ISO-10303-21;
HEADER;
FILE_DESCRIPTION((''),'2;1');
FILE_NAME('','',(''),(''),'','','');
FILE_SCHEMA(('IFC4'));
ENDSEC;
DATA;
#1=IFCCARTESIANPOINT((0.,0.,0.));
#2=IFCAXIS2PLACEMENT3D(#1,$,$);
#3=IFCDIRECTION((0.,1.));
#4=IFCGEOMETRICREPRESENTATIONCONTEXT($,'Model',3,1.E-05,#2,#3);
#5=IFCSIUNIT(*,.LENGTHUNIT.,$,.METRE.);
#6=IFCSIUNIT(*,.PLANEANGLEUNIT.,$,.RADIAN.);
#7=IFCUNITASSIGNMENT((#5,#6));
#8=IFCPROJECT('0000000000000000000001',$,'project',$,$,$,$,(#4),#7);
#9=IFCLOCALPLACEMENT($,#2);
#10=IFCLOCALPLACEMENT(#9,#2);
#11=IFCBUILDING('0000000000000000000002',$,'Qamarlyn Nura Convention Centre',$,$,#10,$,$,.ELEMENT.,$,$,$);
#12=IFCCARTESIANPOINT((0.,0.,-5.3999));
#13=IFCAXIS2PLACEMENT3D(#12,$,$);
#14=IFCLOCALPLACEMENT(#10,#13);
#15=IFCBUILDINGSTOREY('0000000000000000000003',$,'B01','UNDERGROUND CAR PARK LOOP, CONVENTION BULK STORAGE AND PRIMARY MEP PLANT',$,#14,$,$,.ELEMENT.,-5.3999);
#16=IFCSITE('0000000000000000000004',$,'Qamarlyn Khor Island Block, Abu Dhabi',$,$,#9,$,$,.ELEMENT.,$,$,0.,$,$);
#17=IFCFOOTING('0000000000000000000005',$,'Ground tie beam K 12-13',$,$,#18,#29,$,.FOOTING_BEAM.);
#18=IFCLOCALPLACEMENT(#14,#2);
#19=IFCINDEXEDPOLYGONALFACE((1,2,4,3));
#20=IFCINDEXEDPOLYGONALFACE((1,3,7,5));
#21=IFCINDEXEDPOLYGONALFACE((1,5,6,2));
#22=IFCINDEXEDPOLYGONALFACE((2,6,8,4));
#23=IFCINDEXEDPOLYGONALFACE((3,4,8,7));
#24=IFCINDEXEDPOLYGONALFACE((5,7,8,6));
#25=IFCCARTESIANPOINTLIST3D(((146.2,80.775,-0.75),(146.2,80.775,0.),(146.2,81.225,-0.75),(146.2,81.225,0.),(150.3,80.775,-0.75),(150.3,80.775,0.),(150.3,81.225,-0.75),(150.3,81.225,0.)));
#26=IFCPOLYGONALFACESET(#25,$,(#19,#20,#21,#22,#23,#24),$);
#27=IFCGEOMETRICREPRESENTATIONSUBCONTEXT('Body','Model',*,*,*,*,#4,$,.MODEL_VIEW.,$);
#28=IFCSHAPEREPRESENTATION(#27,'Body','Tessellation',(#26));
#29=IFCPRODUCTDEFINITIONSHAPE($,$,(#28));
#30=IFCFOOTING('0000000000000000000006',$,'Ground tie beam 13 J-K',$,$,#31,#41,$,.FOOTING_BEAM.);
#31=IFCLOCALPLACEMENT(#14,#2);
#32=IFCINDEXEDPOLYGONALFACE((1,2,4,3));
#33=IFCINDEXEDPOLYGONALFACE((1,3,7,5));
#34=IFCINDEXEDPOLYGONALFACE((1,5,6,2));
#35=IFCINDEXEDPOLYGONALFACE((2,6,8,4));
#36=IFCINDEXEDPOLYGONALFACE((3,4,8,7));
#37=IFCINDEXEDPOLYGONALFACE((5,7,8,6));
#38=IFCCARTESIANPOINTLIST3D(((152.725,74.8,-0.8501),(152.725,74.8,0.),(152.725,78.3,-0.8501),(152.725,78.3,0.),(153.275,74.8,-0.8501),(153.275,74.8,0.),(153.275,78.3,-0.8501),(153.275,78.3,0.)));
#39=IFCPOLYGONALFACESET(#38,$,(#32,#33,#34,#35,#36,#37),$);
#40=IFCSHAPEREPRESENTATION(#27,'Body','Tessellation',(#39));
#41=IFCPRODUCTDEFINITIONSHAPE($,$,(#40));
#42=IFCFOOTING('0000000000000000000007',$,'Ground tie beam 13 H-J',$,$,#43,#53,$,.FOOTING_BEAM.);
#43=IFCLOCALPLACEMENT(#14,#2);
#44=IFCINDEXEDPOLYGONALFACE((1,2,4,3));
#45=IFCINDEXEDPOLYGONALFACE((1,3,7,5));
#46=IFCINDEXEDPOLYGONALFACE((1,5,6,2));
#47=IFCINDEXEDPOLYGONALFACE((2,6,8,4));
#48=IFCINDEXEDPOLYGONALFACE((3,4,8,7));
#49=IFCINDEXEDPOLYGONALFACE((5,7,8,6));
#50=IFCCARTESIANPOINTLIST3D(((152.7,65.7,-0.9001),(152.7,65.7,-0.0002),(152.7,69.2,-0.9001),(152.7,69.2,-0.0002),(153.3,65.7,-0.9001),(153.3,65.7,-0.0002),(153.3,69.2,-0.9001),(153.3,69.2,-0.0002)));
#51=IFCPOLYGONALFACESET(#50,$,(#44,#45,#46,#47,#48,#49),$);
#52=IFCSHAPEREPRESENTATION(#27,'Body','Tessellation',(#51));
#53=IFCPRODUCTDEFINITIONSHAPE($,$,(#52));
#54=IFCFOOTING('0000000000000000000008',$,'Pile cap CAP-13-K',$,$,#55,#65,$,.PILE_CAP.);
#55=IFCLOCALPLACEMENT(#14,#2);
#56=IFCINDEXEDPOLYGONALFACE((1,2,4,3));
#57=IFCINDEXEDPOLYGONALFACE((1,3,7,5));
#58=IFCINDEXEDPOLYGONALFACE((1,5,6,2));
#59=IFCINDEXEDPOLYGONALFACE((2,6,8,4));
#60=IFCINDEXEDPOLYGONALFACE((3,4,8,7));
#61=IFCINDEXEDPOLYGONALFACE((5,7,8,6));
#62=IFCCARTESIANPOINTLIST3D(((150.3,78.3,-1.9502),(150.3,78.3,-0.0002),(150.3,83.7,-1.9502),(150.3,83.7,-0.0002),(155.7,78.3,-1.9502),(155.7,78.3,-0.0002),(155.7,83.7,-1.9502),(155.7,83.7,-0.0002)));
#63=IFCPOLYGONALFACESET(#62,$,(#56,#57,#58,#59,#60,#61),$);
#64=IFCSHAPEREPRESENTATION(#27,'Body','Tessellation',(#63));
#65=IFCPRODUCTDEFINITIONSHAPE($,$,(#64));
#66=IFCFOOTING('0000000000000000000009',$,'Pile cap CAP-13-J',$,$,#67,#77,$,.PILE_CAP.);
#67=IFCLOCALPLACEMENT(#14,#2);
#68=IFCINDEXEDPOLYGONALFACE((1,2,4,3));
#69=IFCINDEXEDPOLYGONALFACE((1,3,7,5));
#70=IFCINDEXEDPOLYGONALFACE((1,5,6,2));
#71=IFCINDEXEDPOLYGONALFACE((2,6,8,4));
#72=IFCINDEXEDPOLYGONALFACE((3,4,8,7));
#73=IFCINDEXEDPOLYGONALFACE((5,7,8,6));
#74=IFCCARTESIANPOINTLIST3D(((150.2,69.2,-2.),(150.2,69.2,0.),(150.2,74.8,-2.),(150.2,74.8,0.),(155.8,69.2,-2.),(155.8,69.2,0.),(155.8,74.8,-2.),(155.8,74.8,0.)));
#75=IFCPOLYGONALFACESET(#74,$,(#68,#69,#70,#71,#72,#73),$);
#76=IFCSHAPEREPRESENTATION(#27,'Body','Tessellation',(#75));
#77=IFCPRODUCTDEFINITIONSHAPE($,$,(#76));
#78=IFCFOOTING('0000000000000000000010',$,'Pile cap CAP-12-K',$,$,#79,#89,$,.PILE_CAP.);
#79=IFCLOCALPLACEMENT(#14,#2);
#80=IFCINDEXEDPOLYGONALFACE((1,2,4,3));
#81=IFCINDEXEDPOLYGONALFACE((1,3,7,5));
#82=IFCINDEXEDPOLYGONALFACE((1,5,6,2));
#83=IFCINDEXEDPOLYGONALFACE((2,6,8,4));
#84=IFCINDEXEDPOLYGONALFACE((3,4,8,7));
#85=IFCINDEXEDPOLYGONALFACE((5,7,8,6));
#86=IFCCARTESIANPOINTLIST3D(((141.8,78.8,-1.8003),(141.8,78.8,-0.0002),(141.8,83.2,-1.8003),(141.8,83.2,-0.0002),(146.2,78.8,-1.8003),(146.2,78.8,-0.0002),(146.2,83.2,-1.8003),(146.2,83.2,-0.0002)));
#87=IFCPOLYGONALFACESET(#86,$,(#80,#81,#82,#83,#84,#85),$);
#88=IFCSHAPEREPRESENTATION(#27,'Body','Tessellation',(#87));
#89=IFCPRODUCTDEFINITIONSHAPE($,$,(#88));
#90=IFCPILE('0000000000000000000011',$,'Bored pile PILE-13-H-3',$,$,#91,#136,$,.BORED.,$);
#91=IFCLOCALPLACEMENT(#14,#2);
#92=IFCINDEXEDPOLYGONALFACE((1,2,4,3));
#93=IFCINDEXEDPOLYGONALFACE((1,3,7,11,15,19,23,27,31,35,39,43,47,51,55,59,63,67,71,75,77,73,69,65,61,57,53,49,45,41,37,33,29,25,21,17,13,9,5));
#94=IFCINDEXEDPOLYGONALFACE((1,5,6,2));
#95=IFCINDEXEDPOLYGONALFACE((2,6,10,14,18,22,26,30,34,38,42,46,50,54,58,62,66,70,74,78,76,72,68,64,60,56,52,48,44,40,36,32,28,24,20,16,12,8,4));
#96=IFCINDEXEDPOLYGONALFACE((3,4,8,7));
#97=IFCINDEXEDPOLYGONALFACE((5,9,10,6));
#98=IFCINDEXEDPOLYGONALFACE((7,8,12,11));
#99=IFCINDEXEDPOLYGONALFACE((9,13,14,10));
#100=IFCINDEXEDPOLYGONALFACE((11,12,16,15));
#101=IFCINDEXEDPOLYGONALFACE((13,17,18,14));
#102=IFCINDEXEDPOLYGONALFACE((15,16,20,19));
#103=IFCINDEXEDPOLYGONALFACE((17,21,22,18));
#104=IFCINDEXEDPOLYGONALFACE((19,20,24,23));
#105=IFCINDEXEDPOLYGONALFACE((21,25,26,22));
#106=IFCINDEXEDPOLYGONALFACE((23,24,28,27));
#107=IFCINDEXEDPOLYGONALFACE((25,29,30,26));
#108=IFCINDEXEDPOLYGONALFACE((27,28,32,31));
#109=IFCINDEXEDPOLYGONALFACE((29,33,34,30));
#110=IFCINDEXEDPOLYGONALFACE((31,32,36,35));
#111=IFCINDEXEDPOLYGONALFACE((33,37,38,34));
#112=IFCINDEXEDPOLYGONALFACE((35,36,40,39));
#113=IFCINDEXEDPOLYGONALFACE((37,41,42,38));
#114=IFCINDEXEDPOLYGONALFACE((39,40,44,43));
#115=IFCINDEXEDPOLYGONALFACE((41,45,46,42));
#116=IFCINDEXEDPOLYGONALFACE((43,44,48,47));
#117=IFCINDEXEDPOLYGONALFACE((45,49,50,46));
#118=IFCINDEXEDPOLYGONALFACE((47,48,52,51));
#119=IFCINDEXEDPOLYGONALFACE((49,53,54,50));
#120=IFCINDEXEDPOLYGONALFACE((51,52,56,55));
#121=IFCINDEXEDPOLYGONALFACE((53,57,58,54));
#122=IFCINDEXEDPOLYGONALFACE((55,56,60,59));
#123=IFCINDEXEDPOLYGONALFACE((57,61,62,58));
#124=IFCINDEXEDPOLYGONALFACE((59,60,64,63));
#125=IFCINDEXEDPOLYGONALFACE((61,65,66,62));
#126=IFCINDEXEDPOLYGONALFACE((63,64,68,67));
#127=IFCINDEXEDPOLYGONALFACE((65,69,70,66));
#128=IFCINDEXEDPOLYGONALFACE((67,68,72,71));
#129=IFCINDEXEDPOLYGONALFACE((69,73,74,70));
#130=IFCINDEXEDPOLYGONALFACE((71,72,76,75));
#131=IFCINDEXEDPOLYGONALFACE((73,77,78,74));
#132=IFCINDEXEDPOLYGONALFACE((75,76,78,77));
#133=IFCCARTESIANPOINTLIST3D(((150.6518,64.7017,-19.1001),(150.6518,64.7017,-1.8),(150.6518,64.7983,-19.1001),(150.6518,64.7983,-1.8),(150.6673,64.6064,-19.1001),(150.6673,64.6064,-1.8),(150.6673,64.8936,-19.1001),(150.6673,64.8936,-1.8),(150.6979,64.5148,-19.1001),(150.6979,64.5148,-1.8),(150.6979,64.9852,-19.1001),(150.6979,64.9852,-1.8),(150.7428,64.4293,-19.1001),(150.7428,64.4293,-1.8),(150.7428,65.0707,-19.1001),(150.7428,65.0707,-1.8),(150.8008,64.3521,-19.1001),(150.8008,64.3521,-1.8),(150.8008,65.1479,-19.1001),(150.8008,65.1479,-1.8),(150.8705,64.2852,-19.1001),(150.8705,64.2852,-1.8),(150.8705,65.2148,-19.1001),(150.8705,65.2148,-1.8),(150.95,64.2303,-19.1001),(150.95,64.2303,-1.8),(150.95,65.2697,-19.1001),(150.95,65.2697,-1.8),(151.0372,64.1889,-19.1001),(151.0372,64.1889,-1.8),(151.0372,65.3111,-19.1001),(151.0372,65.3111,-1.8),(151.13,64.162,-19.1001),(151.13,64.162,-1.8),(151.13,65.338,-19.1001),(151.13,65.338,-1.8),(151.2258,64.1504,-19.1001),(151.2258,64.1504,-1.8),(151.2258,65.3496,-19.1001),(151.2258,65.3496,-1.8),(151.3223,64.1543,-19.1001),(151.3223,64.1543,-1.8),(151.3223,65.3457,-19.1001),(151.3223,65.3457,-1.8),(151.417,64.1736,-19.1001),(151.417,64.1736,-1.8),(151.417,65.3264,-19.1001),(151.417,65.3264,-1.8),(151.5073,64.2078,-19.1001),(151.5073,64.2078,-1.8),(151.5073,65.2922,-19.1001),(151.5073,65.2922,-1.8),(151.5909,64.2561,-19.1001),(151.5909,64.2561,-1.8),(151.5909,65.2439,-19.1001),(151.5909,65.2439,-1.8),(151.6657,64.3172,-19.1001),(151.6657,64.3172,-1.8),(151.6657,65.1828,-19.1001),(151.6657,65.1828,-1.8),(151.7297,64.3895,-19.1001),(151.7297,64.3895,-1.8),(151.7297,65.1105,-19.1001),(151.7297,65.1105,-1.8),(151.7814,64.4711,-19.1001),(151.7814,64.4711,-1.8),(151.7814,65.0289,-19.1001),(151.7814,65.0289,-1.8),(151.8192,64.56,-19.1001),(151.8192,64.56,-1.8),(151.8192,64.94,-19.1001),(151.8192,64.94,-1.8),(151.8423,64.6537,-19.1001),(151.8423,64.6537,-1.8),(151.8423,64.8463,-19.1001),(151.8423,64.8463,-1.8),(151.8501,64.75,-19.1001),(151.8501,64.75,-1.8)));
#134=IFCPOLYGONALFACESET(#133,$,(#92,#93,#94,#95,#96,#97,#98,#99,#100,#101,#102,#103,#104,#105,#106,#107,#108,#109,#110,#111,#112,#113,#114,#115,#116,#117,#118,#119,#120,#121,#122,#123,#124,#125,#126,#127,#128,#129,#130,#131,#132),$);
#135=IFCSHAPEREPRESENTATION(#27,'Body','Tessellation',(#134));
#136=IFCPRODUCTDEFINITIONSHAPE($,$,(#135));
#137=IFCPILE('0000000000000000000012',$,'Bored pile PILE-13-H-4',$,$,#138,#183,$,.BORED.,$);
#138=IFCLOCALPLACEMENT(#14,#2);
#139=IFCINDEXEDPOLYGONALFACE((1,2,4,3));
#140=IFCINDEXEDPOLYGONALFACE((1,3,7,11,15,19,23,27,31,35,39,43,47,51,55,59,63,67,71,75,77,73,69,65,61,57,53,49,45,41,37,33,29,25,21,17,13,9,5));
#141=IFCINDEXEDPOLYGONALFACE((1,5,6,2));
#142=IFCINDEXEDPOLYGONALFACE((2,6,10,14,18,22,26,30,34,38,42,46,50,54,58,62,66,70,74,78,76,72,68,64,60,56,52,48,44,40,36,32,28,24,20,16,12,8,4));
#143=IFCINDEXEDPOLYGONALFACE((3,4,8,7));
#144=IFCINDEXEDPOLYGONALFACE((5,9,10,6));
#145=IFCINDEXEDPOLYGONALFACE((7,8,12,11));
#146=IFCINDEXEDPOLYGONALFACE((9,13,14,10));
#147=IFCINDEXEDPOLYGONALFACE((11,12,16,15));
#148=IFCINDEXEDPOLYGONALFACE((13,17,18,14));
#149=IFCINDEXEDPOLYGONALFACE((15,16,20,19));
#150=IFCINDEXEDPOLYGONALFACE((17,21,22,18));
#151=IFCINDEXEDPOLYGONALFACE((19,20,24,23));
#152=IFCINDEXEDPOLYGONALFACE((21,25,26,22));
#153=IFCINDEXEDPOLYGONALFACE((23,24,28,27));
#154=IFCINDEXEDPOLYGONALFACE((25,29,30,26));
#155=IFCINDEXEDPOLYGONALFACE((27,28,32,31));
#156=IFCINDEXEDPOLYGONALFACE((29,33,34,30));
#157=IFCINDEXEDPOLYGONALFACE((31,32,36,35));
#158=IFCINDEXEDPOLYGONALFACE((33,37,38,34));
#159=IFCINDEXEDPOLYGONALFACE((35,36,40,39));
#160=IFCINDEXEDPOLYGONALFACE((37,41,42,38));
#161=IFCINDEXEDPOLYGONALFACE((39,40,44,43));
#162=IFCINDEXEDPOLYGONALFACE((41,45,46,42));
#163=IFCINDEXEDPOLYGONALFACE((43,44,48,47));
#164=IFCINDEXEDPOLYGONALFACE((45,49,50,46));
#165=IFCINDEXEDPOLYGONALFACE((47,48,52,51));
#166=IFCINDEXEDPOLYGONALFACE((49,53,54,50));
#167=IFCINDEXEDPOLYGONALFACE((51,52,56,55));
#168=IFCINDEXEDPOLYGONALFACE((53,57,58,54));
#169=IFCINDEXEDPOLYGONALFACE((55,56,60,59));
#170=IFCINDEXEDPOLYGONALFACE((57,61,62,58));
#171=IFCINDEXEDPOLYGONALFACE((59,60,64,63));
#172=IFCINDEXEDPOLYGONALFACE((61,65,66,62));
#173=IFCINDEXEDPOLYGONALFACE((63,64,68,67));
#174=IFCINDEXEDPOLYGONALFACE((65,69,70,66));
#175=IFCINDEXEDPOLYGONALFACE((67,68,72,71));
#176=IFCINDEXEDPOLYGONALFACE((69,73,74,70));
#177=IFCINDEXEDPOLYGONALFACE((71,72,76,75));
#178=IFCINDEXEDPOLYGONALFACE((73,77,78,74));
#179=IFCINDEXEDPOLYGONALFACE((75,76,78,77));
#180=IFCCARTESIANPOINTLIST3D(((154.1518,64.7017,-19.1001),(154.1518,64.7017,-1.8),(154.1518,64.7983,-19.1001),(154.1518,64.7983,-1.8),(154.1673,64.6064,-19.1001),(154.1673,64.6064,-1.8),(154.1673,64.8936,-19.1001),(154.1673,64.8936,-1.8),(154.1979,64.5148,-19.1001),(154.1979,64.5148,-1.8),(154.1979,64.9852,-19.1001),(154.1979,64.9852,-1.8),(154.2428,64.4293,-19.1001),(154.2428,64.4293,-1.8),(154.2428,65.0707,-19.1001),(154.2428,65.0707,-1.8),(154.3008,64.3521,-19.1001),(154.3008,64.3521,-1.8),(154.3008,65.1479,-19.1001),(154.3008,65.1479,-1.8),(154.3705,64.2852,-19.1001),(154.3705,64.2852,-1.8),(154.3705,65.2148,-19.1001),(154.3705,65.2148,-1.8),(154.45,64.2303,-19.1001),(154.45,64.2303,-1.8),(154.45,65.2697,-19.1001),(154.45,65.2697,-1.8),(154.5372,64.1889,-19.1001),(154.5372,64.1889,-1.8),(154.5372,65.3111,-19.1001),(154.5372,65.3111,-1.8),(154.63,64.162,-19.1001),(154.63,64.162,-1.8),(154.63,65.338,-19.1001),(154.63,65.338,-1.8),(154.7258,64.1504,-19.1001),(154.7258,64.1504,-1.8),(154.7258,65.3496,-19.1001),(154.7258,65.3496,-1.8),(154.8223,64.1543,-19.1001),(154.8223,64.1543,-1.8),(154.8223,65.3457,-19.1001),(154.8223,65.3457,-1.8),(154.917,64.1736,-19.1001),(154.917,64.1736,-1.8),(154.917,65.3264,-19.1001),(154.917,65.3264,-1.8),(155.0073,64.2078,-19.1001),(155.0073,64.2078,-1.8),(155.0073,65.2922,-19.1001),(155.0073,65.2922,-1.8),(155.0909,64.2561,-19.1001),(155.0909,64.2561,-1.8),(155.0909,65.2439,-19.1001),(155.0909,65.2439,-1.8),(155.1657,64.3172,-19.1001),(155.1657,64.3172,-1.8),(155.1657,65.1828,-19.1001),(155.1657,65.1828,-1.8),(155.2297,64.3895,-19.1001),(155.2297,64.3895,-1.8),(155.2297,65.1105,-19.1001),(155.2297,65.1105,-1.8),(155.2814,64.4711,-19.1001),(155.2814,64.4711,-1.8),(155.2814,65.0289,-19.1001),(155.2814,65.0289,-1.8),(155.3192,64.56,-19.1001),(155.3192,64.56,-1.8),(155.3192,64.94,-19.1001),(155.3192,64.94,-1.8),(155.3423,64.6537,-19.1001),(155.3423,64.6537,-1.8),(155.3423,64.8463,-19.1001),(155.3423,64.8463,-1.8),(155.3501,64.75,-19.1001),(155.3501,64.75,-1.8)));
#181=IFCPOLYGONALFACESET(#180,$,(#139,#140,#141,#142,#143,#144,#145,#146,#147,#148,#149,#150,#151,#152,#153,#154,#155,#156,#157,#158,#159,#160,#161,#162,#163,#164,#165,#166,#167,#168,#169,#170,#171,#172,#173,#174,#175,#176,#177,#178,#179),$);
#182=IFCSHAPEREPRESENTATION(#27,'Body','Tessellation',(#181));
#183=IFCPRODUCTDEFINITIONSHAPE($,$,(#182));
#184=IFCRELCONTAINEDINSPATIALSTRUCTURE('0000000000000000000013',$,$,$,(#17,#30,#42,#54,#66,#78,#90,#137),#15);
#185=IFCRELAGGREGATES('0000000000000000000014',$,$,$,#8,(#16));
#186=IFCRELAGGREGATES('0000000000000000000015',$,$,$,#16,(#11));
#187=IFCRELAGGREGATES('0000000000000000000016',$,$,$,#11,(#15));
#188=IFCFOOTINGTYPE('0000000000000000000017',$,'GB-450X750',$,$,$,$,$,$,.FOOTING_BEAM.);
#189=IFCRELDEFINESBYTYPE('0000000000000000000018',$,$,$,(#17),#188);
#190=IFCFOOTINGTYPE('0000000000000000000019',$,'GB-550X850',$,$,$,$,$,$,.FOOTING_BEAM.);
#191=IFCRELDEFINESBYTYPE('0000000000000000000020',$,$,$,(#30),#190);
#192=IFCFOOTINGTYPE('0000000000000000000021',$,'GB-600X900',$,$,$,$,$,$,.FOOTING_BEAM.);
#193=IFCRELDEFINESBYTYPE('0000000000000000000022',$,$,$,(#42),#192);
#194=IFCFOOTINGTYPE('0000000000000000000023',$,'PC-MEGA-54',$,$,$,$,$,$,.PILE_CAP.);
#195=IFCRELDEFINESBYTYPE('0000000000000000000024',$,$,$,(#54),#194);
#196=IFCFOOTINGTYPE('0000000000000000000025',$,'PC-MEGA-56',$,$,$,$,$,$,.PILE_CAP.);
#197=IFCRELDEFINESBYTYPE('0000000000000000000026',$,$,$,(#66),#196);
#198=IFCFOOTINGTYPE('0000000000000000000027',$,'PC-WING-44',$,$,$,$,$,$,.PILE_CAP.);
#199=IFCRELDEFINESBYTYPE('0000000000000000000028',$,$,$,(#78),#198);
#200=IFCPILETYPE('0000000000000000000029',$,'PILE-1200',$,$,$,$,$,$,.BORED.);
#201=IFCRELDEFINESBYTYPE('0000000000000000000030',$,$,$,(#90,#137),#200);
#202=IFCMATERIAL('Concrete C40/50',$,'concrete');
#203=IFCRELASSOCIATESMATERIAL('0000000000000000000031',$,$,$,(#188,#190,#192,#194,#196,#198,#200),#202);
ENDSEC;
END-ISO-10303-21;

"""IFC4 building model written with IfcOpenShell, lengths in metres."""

from ifc_helpers import new_model, si_unit, direction, frame, origin, origin_2d, place, context, subcontext, project, spatial, rectangle, circle, extrude, material, material_profile, profile_set, type_object, element, save


model = new_model("IFC4")

# Units and contexts
model_context = context("Model", 3, precision=1e-05, world=origin(), true_north=direction((0.0, 1.0)))
body_context = subcontext(model_context, "Body", "Model", "MODEL_VIEW")
ifc_project = project(units=[si_unit("LENGTHUNIT", "METRE"), si_unit("PLANEANGLEUNIT", "RADIAN")], contexts=[model_context])

# Site, building, storey
site_placement = place(None, origin())
site = spatial("IfcSite", under=ifc_project, at=site_placement, Name="Qamarlyn Khor Island Block, Abu Dhabi", CompositionType="ELEMENT", RefElevation=0.0)
building_placement = place(site_placement, origin())
building = spatial("IfcBuilding", under=site, at=building_placement, Name="Qamarlyn Nura Convention Centre", CompositionType="ELEMENT")
storey_placement = place(building_placement, frame((0.0, 0.0, -5.3999)))
storey = spatial("IfcBuildingStorey", under=building, at=storey_placement, Name="B01", Description="UNDERGROUND CAR PARK LOOP, CONVENTION BULK STORAGE AND PRIMARY MEP PLANT", CompositionType="ELEMENT", Elevation=-5.3999)

# Footings
ifc_material_1 = material(Name="Concrete C40/50", Category="concrete")
ifc_material_profile_1 = material_profile(ifc_material_1, rectangle(XDim=0.45, YDim=0.75, at=origin_2d()), Name="RC GB 450x750")
ifc_profile_set_1 = profile_set([ifc_material_profile_1], Name="Concrete C40/50")
footing_type_1 = type_object("IfcFootingType", Name="GB-450X750", PredefinedType="FOOTING_BEAM", material=ifc_profile_set_1)
footing_1_placement = place(storey_placement, frame((146.2, 81.0, -0.375), z_axis=(1.0, 0.0, 0.0), x_axis=(0.0, 1.0, 0.0)))
element("IfcFooting", 1, at=footing_1_placement, inside=storey, type_object=footing_type_1, Name="Ground tie beam K 12-13", PredefinedType="FOOTING_BEAM", context=body_context, shape_type="SweptSolid", body=[
    extrude(rectangle(XDim=0.45, YDim=0.75, at=origin_2d()), origin(), (0.0, 0.0, 1.0), 4.1001),
])
ifc_material_profile_2 = material_profile(ifc_material_1, rectangle(XDim=0.55, YDim=0.8501, at=origin_2d()), Name="RC GB 550x850")
ifc_profile_set_2 = profile_set([ifc_material_profile_2], Name="Concrete C40/50")
footing_type_2 = type_object("IfcFootingType", Name="GB-550X850", PredefinedType="FOOTING_BEAM", material=ifc_profile_set_2)
footing_2_placement = place(storey_placement, frame((153.0, 74.8, -0.425), z_axis=(0.0, 1.0, 0.0), x_axis=(-1.0, 0.0, 0.0)))
element("IfcFooting", 2, at=footing_2_placement, inside=storey, type_object=footing_type_2, Name="Ground tie beam 13 J-K", PredefinedType="FOOTING_BEAM", context=body_context, shape_type="SweptSolid", body=[
    extrude(rectangle(XDim=0.55, YDim=0.8501, at=origin_2d()), origin(), (0.0, 0.0, 1.0), 3.5),
])
ifc_material_profile_3 = material_profile(ifc_material_1, rectangle(XDim=0.6001, YDim=0.8999, at=origin_2d()), Name="RC GB 600x900")
ifc_profile_set_3 = profile_set([ifc_material_profile_3], Name="Concrete C40/50")
footing_type_3 = type_object("IfcFootingType", Name="GB-600X900", PredefinedType="FOOTING_BEAM", material=ifc_profile_set_3)
footing_3_placement = place(storey_placement, frame((153.0, 65.7, -0.4502), z_axis=(0.0, 1.0, 0.0), x_axis=(-1.0, 0.0, 0.0)))
element("IfcFooting", 3, at=footing_3_placement, inside=storey, type_object=footing_type_3, Name="Ground tie beam 13 H-J", PredefinedType="FOOTING_BEAM", context=body_context, shape_type="SweptSolid", body=[
    extrude(rectangle(XDim=0.6001, YDim=0.8999, at=origin_2d()), origin(), (0.0, 0.0, 1.0), 3.5),
])
footing_type_4 = type_object("IfcFootingType", Name="PC-MEGA-54", PredefinedType="PILE_CAP", material=ifc_material_1)
footing_4_placement = place(storey_placement, frame((153.0, 81.0, -1.9502), z_axis=(0.0, 0.0, 1.0), x_axis=(1.0, 0.0, 0.0)))
element("IfcFooting", 4, at=footing_4_placement, inside=storey, type_object=footing_type_4, Name="Pile cap CAP-13-K", PredefinedType="PILE_CAP", context=body_context, shape_type="SweptSolid", body=[
    extrude(rectangle(XDim=5.3999, YDim=5.3999, at=origin_2d()), origin(), (0.0, 0.0, 1.0), 1.95),
])
footing_type_5 = type_object("IfcFootingType", Name="PC-MEGA-56", PredefinedType="PILE_CAP", material=ifc_material_1)
footing_5_placement = place(storey_placement, frame((153.0, 72.0, -2.0), z_axis=(0.0, 0.0, 1.0), x_axis=(1.0, 0.0, 0.0)))
element("IfcFooting", 5, at=footing_5_placement, inside=storey, type_object=footing_type_5, Name="Pile cap CAP-13-J", PredefinedType="PILE_CAP", context=body_context, shape_type="SweptSolid", body=[
    extrude(rectangle(XDim=5.6001, YDim=5.6001, at=origin_2d()), origin(), (0.0, 0.0, 1.0), 2.0),
])
footing_type_6 = type_object("IfcFootingType", Name="PC-WING-44", PredefinedType="PILE_CAP", material=ifc_material_1)
footing_6_placement = place(storey_placement, frame((144.0, 81.0, -1.8003), z_axis=(0.0, 0.0, 1.0), x_axis=(1.0, 0.0, 0.0)))
element("IfcFooting", 6, at=footing_6_placement, inside=storey, type_object=footing_type_6, Name="Pile cap CAP-12-K", PredefinedType="PILE_CAP", context=body_context, shape_type="SweptSolid", body=[
    extrude(rectangle(XDim=4.3999, YDim=4.3999, at=origin_2d()), origin(), (0.0, 0.0, 1.0), 1.8),
])

# Piles
ifc_material_profile_4 = material_profile(ifc_material_1, circle(Radius=0.6001, at=origin_2d()), Name="BORED PILE 1200")
ifc_profile_set_4 = profile_set([ifc_material_profile_4], Name="Concrete C40/50")
pile_type_1 = type_object("IfcPileType", Name="PILE-1200", PredefinedType="BORED", material=ifc_profile_set_4)
for number, where, z_axis, x_axis, name in (
    (7, (151.25, 64.75, -1.8), (0.0, 0.0, -1.0), (1.0, 0.0, 0.0), "Bored pile PILE-13-H-3"),
    (8, (154.75, 64.75, -1.8), (0.0, 0.0, -1.0), (1.0, 0.0, 0.0), "Bored pile PILE-13-H-4"),
):
    element("IfcPile", number, at=place(storey_placement, frame(where, z_axis=z_axis, x_axis=x_axis)), inside=storey, type_object=pile_type_1, Name=name, PredefinedType="BORED", context=body_context, shape_type="SweptSolid", body=[
        extrude(circle(Radius=0.6001, at=origin_2d()), origin(), (0.0, 0.0, 1.0), 17.3),
    ])

save(model, "model.ifc")
